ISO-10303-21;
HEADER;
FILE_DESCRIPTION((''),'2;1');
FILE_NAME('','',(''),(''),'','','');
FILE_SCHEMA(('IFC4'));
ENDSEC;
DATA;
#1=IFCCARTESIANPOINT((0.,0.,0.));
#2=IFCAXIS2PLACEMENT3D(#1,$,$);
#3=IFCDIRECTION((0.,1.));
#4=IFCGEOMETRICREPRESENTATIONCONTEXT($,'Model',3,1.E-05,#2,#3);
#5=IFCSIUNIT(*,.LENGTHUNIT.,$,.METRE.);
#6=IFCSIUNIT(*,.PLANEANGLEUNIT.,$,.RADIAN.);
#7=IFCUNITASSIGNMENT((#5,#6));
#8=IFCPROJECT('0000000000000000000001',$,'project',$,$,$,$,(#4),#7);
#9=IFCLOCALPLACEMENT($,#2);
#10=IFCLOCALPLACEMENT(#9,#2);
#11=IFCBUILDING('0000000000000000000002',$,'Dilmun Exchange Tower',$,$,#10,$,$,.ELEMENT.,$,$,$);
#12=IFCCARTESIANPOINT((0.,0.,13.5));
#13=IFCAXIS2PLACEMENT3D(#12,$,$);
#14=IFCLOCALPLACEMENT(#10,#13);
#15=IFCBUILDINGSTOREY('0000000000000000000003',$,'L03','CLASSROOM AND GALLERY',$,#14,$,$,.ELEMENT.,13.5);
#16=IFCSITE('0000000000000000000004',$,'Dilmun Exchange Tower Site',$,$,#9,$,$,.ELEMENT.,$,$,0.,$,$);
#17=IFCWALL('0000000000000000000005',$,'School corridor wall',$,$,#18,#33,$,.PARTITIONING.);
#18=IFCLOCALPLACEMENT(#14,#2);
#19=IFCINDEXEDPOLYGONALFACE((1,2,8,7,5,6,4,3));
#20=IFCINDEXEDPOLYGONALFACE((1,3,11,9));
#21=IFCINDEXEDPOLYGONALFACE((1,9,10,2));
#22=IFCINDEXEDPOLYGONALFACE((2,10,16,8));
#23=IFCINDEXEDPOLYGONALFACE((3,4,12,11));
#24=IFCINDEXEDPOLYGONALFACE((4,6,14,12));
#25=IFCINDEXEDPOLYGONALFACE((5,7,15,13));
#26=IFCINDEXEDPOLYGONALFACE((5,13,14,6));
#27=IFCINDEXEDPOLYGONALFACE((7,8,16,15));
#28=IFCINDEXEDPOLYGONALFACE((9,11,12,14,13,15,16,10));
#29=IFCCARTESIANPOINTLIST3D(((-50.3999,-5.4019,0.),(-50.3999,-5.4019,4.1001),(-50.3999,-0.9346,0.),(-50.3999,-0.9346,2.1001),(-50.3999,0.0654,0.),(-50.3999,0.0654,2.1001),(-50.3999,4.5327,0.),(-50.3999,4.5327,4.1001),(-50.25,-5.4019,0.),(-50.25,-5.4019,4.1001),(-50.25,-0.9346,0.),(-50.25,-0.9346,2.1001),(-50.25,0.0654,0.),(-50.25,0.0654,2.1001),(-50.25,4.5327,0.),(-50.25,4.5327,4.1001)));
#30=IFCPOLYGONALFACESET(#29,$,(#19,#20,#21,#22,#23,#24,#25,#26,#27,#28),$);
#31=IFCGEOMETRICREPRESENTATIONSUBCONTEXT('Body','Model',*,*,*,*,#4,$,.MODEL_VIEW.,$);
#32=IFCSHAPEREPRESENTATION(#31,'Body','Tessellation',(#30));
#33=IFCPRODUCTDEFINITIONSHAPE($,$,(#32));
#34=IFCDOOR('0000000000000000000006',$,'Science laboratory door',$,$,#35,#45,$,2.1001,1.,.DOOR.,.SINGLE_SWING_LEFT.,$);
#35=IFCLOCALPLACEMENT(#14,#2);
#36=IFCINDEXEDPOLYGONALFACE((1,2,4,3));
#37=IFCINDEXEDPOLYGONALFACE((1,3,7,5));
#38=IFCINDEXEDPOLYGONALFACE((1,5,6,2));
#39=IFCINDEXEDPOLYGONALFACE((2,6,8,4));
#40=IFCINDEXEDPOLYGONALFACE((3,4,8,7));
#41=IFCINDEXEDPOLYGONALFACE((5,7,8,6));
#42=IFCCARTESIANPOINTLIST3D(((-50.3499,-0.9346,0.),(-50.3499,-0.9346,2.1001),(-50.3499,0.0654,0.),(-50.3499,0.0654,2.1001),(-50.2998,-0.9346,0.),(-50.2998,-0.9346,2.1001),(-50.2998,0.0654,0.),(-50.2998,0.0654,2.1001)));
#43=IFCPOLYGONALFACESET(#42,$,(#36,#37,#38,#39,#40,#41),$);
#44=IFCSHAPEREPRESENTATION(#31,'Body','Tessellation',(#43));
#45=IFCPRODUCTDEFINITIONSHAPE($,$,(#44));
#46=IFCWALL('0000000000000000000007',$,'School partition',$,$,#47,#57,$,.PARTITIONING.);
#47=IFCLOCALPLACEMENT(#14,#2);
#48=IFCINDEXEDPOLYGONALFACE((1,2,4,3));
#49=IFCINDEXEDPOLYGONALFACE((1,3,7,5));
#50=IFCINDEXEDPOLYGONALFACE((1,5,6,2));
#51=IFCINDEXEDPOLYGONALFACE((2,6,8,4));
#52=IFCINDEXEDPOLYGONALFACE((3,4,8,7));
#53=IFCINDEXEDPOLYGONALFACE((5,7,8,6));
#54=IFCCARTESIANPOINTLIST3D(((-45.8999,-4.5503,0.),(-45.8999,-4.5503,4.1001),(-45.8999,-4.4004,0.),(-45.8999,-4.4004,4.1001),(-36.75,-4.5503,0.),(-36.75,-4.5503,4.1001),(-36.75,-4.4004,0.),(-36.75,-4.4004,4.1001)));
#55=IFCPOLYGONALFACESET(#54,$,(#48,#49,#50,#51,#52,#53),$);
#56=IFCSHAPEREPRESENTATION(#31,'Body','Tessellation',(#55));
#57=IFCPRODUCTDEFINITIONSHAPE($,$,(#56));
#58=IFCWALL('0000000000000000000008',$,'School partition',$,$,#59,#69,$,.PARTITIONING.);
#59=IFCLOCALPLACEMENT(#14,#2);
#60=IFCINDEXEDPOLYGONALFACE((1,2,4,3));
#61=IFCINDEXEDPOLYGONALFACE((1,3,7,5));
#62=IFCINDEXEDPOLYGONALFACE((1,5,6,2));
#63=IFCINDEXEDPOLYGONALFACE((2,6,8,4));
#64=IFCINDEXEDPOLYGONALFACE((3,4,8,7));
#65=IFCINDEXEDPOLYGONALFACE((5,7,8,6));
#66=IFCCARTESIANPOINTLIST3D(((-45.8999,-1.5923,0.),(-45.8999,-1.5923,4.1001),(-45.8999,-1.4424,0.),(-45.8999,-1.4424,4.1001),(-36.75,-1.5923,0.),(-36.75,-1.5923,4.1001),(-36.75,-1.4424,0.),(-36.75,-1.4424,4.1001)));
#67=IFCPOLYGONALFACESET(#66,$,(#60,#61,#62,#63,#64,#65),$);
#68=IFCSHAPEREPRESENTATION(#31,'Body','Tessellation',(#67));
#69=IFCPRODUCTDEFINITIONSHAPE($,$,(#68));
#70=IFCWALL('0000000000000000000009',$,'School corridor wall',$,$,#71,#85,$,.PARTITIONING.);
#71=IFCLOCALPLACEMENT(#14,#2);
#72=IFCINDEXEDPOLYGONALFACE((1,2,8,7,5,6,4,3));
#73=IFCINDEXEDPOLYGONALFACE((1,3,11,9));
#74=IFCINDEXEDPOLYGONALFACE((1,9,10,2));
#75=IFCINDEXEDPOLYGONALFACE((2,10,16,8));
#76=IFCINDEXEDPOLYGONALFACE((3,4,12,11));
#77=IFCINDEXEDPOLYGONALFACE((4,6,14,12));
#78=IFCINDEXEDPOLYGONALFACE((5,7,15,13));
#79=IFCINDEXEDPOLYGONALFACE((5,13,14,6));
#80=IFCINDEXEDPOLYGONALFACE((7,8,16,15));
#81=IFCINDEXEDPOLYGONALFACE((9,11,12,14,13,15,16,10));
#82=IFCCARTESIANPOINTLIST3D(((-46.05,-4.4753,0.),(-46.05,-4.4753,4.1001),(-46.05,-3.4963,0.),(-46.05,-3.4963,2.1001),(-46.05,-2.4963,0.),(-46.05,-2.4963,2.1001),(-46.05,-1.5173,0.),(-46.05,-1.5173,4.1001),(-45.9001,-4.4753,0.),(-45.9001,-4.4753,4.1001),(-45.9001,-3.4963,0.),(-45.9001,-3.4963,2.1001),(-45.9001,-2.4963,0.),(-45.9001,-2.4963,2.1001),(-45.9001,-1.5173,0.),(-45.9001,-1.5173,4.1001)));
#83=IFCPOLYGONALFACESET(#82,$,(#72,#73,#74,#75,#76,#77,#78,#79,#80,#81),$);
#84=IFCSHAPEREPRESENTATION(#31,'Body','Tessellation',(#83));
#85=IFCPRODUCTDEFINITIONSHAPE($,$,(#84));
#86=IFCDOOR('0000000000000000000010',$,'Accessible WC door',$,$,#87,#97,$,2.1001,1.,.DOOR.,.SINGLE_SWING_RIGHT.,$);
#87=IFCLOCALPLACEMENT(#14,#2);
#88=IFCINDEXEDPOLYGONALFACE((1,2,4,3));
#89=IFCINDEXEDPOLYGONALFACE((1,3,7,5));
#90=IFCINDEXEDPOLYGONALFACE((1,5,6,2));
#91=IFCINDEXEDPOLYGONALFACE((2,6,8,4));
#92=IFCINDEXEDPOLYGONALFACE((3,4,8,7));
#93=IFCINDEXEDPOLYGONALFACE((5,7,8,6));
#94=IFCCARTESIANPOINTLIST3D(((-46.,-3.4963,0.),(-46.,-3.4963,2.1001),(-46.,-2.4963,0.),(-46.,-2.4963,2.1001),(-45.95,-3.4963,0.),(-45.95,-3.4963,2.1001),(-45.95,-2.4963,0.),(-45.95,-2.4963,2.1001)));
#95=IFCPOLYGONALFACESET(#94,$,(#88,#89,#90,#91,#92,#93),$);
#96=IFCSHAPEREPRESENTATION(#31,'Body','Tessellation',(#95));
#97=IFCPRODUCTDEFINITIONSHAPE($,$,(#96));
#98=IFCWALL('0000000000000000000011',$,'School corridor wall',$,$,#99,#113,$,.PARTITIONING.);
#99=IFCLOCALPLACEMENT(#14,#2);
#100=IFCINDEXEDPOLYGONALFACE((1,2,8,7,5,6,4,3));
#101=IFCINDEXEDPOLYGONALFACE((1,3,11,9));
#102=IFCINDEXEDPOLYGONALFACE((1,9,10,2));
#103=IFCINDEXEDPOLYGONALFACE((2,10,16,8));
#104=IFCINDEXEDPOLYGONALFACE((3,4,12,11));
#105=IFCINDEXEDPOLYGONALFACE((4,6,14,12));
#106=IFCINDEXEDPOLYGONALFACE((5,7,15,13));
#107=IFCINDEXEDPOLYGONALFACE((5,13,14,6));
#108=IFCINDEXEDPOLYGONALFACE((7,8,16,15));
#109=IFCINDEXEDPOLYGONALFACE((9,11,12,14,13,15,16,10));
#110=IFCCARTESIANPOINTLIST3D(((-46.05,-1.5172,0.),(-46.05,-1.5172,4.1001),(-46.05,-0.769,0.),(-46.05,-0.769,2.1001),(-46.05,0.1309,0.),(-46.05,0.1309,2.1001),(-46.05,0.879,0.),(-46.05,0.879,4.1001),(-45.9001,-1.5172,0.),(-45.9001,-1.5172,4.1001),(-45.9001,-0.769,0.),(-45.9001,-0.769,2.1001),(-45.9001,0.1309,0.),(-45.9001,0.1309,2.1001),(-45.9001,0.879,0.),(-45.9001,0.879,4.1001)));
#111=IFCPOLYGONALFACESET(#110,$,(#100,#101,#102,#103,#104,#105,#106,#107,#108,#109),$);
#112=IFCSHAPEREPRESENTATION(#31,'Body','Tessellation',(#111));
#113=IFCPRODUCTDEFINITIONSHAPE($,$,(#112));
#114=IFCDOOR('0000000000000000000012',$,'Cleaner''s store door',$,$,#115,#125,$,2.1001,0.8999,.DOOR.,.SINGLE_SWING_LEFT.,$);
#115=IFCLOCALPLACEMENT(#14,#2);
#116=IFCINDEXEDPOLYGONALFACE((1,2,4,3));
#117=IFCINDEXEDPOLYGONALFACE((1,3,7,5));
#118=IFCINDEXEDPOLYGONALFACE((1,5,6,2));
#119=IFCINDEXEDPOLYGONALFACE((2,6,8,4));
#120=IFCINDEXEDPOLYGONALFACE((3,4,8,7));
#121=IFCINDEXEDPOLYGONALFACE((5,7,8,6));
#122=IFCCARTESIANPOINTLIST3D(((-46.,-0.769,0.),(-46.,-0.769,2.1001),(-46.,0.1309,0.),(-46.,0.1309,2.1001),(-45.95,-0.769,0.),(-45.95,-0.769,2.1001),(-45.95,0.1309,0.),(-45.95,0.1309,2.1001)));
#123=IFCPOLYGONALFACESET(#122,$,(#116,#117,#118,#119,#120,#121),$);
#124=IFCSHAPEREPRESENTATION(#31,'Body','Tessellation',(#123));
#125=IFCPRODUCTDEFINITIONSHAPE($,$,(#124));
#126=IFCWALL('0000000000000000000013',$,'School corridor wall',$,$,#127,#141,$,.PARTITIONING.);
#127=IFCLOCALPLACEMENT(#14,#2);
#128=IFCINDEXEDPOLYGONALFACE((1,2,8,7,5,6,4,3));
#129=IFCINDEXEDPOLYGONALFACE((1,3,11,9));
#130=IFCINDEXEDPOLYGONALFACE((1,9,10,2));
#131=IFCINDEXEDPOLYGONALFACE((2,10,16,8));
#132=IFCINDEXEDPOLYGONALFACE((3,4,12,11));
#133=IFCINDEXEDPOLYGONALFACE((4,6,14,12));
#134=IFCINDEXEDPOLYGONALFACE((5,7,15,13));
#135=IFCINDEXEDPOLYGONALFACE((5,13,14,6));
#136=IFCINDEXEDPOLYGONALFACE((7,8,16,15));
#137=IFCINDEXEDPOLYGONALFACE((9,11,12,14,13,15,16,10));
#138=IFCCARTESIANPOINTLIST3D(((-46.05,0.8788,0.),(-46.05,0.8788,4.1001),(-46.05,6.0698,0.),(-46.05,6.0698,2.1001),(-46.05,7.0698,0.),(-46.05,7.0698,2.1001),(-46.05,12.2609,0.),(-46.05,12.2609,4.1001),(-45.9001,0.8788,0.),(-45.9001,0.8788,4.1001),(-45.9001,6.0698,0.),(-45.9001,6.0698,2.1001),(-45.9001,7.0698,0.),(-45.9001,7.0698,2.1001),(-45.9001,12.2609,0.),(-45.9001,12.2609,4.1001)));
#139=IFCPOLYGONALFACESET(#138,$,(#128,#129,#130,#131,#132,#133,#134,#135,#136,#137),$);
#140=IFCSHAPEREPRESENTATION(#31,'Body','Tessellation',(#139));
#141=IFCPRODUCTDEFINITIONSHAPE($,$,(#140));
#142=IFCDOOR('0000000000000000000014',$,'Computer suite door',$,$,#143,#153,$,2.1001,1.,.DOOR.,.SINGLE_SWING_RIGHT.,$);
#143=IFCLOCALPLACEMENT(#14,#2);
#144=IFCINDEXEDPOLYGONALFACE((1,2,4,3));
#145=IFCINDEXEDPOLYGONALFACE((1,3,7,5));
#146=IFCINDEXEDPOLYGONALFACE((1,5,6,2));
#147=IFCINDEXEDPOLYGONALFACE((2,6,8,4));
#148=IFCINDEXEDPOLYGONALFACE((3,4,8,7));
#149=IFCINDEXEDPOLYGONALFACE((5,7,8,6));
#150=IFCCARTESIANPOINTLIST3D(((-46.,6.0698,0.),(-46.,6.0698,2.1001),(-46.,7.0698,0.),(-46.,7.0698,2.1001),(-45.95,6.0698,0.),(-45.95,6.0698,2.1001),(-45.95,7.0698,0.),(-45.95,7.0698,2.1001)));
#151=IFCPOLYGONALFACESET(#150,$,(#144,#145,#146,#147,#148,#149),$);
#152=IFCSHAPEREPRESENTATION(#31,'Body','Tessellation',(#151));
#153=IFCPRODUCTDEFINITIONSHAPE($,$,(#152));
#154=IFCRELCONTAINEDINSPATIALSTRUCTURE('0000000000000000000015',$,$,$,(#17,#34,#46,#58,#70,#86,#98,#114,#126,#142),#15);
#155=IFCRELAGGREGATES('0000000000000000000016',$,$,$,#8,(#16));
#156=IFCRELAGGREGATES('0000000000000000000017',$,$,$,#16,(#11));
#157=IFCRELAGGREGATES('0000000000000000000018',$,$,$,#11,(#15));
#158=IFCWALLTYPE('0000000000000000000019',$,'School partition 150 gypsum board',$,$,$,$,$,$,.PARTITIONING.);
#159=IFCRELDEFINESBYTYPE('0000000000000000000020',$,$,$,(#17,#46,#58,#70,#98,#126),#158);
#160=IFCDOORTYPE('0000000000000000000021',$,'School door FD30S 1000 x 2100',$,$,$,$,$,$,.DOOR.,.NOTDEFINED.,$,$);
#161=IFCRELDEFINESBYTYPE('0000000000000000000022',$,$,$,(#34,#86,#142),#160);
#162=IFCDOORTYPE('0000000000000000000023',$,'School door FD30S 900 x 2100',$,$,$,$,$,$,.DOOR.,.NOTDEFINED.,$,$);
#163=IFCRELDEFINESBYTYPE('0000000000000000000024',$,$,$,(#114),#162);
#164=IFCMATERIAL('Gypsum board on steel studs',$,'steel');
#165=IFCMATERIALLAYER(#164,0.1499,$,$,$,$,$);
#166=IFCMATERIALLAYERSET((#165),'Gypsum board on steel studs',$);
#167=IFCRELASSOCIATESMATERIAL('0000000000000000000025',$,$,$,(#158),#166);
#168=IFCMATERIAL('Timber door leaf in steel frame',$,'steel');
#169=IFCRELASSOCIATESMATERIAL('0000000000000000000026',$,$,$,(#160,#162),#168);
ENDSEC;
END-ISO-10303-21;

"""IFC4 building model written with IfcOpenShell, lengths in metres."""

from ifc_helpers import new_model, si_unit, direction, frame, frame_2d, origin, place, context, subcontext, project, spatial, rectangle, extrude, material, layer, layer_set, type_object, element, fill, save


model = new_model("IFC4")

# Units and contexts
model_context = context("Model", 3, precision=1e-05, world=origin(), true_north=direction((0.0, 1.0)))
body_context = subcontext(model_context, "Body", "Model", "MODEL_VIEW")
ifc_project = project(units=[si_unit("LENGTHUNIT", "METRE"), si_unit("PLANEANGLEUNIT", "RADIAN")], contexts=[model_context])

# Site, building, storey
site_placement = place(None, origin())
site = spatial("IfcSite", under=ifc_project, at=site_placement, Name="Dilmun Exchange Tower Site", CompositionType="ELEMENT", RefElevation=0.0)
building_placement = place(site_placement, origin())
building = spatial("IfcBuilding", under=site, at=building_placement, Name="Dilmun Exchange Tower", CompositionType="ELEMENT")
storey_placement = place(building_placement, frame((0.0, 0.0, 13.5)))
storey = spatial("IfcBuildingStorey", under=building, at=storey_placement, Name="L03", Description="CLASSROOM AND GALLERY", CompositionType="ELEMENT", Elevation=13.5)

# Shared definitions
ifc_material_1 = material(Name="Gypsum board on steel studs", Category="steel")
ifc_layer_1 = layer(ifc_material_1, 0.1499)
ifc_layer_set_1 = layer_set([ifc_layer_1], Name="Gypsum board on steel studs")
wall_type_1 = type_object("IfcWallType", Name="School partition 150 gypsum board", PredefinedType="PARTITIONING", material=ifc_layer_set_1)

# Wall, opening, door
wall_1_placement = place(storey_placement, frame((-50.325, -5.4019, 0.0), z_axis=(0.0, 0.0, 1.0), x_axis=(0.0, 1.0, 0.0)))
wall_1 = element("IfcWall", 1, at=wall_1_placement, inside=storey, type_object=wall_type_1, Name="School corridor wall", PredefinedType="PARTITIONING", context=body_context, shape_type="SweptSolid", body=[
    extrude(rectangle(XDim=9.9346, YDim=0.1499, at=frame_2d((4.9673, 0.0))), origin(), (0.0, 0.0, 1.0), 4.1001),
])
opening_1_placement = place(wall_1_placement, frame((4.4673, 0.0, 0.0)))
opening_1 = element("IfcOpeningElement", 2, at=opening_1_placement, cuts=wall_1, PredefinedType="OPENING", context=body_context, shape_type="SweptSolid", body=[
    extrude(rectangle(XDim=1.0, YDim=2.1001, at=frame_2d((0.5, 1.05))), frame((0.0, 0.085, 0.0), z_axis=(0.0, -1.0, 0.0), x_axis=(1.0, 0.0, 0.0)), (0.0, 0.0, 1.0), 0.1699),
])
ifc_material_2 = material(Name="Timber door leaf in steel frame", Category="steel")
door_type_1 = type_object("IfcDoorType", Name="School door FD30S 1000 x 2100", OperationType="NOTDEFINED", PredefinedType="DOOR", material=ifc_material_2)
door_1_placement = place(opening_1_placement, origin())
door_1 = element("IfcDoor", 3, at=door_1_placement, inside=storey, type_object=door_type_1, Name="Science laboratory door", OperationType="SINGLE_SWING_LEFT", OverallHeight=2.1001, OverallWidth=1.0, PredefinedType="DOOR", context=body_context, shape_type="SweptSolid", body=[
    extrude(rectangle(XDim=1.0, YDim=2.1001, at=frame_2d((0.5, 1.05))), frame((0.0, 0.0249, 0.0), z_axis=(0.0, -1.0, 0.0), x_axis=(1.0, 0.0, 0.0)), (0.0, 0.0, 1.0), 0.05),
])
fill(opening_1, door_1)

# Walls
for number, where, z_axis, x_axis, name in (
    (4, (-45.8999, -4.4753, 0.0), (0.0, 0.0, 1.0), (1.0, 0.0, 0.0), "School partition"),
    (5, (-45.8999, -1.5173, 0.0), (0.0, 0.0, 1.0), (1.0, 0.0, 0.0), "School partition"),
):
    element("IfcWall", number, at=place(storey_placement, frame(where, z_axis=z_axis, x_axis=x_axis)), inside=storey, type_object=wall_type_1, Name=name, PredefinedType="PARTITIONING", context=body_context, shape_type="SweptSolid", body=[
        extrude(rectangle(XDim=9.1499, YDim=0.1499, at=frame_2d((4.575, 0.0))), origin(), (0.0, 0.0, 1.0), 4.1001),
    ])

# Walls, openings, doors
wall_2_placement = place(storey_placement, frame((-45.9751, -4.4753, 0.0), z_axis=(0.0, 0.0, 1.0), x_axis=(0.0, 1.0, 0.0)))
wall_2 = element("IfcWall", 6, at=wall_2_placement, inside=storey, type_object=wall_type_1, Name="School corridor wall", PredefinedType="PARTITIONING", context=body_context, shape_type="SweptSolid", body=[
    extrude(rectangle(XDim=2.958, YDim=0.1499, at=frame_2d((1.479, 0.0))), origin(), (0.0, 0.0, 1.0), 4.1001),
])
opening_2_placement = place(wall_2_placement, frame((0.979, 0.0, 0.0)))
opening_2 = element("IfcOpeningElement", 7, at=opening_2_placement, cuts=wall_2, PredefinedType="OPENING", context=body_context, shape_type="SweptSolid", body=[
    extrude(rectangle(XDim=1.0, YDim=2.1001, at=frame_2d((0.5, 1.05))), frame((0.0, 0.085, 0.0), z_axis=(0.0, -1.0, 0.0), x_axis=(1.0, 0.0, 0.0)), (0.0, 0.0, 1.0), 0.1699),
])
door_2_placement = place(opening_2_placement, origin())
door_2 = element("IfcDoor", 8, at=door_2_placement, inside=storey, type_object=door_type_1, Name="Accessible WC door", OperationType="SINGLE_SWING_RIGHT", OverallHeight=2.1001, OverallWidth=1.0, PredefinedType="DOOR", context=body_context, shape_type="SweptSolid", body=[
    extrude(rectangle(XDim=1.0, YDim=2.1001, at=frame_2d((0.5, 1.05))), frame((0.0, 0.0249, 0.0), z_axis=(0.0, -1.0, 0.0), x_axis=(1.0, 0.0, 0.0)), (0.0, 0.0, 1.0), 0.05),
])
fill(opening_2, door_2)
wall_3_placement = place(storey_placement, frame((-45.9751, -1.5173, 0.0), z_axis=(0.0, 0.0, 1.0), x_axis=(0.0, 1.0, 0.0)))
wall_3 = element("IfcWall", 9, at=wall_3_placement, inside=storey, type_object=wall_type_1, Name="School corridor wall", PredefinedType="PARTITIONING", context=body_context, shape_type="SweptSolid", body=[
    extrude(rectangle(XDim=2.3962, YDim=0.1499, at=frame_2d((1.1982, 0.0))), origin(), (0.0, 0.0, 1.0), 4.1001),
])
opening_3_placement = place(wall_3_placement, frame((0.7483, 0.0, 0.0)))
opening_3 = element("IfcOpeningElement", 10, at=opening_3_placement, cuts=wall_3, PredefinedType="OPENING", context=body_context, shape_type="SweptSolid", body=[
    extrude(rectangle(XDim=0.8999, YDim=2.1001, at=frame_2d((0.45, 1.05))), frame((0.0, 0.085, 0.0), z_axis=(0.0, -1.0, 0.0), x_axis=(1.0, 0.0, 0.0)), (0.0, 0.0, 1.0), 0.1699),
])
door_type_2 = type_object("IfcDoorType", Name="School door FD30S 900 x 2100", OperationType="NOTDEFINED", PredefinedType="DOOR", material=ifc_material_2)
door_3_placement = place(opening_3_placement, origin())
door_3 = element("IfcDoor", 11, at=door_3_placement, inside=storey, type_object=door_type_2, Name="Cleaner's store door", OperationType="SINGLE_SWING_LEFT", OverallHeight=2.1001, OverallWidth=0.8999, PredefinedType="DOOR", context=body_context, shape_type="SweptSolid", body=[
    extrude(rectangle(XDim=0.8999, YDim=2.1001, at=frame_2d((0.45, 1.05))), frame((0.0, 0.0249, 0.0), z_axis=(0.0, -1.0, 0.0), x_axis=(1.0, 0.0, 0.0)), (0.0, 0.0, 1.0), 0.05),
])
fill(opening_3, door_3)
wall_4_placement = place(storey_placement, frame((-45.9751, 0.8789, 0.0), z_axis=(0.0, 0.0, 1.0), x_axis=(0.0, 1.0, 0.0)))
wall_4 = element("IfcWall", 12, at=wall_4_placement, inside=storey, type_object=wall_type_1, Name="School corridor wall", PredefinedType="PARTITIONING", context=body_context, shape_type="SweptSolid", body=[
    extrude(rectangle(XDim=11.3821, YDim=0.1499, at=frame_2d((5.6909, 0.0))), origin(), (0.0, 0.0, 1.0), 4.1001),
])
opening_4_placement = place(wall_4_placement, frame((5.1909, 0.0, 0.0)))
opening_4 = element("IfcOpeningElement", 13, at=opening_4_placement, cuts=wall_4, PredefinedType="OPENING", context=body_context, shape_type="SweptSolid", body=[
    extrude(rectangle(XDim=1.0, YDim=2.1001, at=frame_2d((0.5, 1.05))), frame((0.0, 0.085, 0.0), z_axis=(0.0, -1.0, 0.0), x_axis=(1.0, 0.0, 0.0)), (0.0, 0.0, 1.0), 0.1699),
])
door_4_placement = place(opening_4_placement, origin())
door_4 = element("IfcDoor", 14, at=door_4_placement, inside=storey, type_object=door_type_1, Name="Computer suite door", OperationType="SINGLE_SWING_RIGHT", OverallHeight=2.1001, OverallWidth=1.0, PredefinedType="DOOR", context=body_context, shape_type="SweptSolid", body=[
    extrude(rectangle(XDim=1.0, YDim=2.1001, at=frame_2d((0.5, 1.05))), frame((0.0, 0.0249, 0.0), z_axis=(0.0, -1.0, 0.0), x_axis=(1.0, 0.0, 0.0)), (0.0, 0.0, 1.0), 0.05),
])
fill(opening_4, door_4)

save(model, "model.ifc")
